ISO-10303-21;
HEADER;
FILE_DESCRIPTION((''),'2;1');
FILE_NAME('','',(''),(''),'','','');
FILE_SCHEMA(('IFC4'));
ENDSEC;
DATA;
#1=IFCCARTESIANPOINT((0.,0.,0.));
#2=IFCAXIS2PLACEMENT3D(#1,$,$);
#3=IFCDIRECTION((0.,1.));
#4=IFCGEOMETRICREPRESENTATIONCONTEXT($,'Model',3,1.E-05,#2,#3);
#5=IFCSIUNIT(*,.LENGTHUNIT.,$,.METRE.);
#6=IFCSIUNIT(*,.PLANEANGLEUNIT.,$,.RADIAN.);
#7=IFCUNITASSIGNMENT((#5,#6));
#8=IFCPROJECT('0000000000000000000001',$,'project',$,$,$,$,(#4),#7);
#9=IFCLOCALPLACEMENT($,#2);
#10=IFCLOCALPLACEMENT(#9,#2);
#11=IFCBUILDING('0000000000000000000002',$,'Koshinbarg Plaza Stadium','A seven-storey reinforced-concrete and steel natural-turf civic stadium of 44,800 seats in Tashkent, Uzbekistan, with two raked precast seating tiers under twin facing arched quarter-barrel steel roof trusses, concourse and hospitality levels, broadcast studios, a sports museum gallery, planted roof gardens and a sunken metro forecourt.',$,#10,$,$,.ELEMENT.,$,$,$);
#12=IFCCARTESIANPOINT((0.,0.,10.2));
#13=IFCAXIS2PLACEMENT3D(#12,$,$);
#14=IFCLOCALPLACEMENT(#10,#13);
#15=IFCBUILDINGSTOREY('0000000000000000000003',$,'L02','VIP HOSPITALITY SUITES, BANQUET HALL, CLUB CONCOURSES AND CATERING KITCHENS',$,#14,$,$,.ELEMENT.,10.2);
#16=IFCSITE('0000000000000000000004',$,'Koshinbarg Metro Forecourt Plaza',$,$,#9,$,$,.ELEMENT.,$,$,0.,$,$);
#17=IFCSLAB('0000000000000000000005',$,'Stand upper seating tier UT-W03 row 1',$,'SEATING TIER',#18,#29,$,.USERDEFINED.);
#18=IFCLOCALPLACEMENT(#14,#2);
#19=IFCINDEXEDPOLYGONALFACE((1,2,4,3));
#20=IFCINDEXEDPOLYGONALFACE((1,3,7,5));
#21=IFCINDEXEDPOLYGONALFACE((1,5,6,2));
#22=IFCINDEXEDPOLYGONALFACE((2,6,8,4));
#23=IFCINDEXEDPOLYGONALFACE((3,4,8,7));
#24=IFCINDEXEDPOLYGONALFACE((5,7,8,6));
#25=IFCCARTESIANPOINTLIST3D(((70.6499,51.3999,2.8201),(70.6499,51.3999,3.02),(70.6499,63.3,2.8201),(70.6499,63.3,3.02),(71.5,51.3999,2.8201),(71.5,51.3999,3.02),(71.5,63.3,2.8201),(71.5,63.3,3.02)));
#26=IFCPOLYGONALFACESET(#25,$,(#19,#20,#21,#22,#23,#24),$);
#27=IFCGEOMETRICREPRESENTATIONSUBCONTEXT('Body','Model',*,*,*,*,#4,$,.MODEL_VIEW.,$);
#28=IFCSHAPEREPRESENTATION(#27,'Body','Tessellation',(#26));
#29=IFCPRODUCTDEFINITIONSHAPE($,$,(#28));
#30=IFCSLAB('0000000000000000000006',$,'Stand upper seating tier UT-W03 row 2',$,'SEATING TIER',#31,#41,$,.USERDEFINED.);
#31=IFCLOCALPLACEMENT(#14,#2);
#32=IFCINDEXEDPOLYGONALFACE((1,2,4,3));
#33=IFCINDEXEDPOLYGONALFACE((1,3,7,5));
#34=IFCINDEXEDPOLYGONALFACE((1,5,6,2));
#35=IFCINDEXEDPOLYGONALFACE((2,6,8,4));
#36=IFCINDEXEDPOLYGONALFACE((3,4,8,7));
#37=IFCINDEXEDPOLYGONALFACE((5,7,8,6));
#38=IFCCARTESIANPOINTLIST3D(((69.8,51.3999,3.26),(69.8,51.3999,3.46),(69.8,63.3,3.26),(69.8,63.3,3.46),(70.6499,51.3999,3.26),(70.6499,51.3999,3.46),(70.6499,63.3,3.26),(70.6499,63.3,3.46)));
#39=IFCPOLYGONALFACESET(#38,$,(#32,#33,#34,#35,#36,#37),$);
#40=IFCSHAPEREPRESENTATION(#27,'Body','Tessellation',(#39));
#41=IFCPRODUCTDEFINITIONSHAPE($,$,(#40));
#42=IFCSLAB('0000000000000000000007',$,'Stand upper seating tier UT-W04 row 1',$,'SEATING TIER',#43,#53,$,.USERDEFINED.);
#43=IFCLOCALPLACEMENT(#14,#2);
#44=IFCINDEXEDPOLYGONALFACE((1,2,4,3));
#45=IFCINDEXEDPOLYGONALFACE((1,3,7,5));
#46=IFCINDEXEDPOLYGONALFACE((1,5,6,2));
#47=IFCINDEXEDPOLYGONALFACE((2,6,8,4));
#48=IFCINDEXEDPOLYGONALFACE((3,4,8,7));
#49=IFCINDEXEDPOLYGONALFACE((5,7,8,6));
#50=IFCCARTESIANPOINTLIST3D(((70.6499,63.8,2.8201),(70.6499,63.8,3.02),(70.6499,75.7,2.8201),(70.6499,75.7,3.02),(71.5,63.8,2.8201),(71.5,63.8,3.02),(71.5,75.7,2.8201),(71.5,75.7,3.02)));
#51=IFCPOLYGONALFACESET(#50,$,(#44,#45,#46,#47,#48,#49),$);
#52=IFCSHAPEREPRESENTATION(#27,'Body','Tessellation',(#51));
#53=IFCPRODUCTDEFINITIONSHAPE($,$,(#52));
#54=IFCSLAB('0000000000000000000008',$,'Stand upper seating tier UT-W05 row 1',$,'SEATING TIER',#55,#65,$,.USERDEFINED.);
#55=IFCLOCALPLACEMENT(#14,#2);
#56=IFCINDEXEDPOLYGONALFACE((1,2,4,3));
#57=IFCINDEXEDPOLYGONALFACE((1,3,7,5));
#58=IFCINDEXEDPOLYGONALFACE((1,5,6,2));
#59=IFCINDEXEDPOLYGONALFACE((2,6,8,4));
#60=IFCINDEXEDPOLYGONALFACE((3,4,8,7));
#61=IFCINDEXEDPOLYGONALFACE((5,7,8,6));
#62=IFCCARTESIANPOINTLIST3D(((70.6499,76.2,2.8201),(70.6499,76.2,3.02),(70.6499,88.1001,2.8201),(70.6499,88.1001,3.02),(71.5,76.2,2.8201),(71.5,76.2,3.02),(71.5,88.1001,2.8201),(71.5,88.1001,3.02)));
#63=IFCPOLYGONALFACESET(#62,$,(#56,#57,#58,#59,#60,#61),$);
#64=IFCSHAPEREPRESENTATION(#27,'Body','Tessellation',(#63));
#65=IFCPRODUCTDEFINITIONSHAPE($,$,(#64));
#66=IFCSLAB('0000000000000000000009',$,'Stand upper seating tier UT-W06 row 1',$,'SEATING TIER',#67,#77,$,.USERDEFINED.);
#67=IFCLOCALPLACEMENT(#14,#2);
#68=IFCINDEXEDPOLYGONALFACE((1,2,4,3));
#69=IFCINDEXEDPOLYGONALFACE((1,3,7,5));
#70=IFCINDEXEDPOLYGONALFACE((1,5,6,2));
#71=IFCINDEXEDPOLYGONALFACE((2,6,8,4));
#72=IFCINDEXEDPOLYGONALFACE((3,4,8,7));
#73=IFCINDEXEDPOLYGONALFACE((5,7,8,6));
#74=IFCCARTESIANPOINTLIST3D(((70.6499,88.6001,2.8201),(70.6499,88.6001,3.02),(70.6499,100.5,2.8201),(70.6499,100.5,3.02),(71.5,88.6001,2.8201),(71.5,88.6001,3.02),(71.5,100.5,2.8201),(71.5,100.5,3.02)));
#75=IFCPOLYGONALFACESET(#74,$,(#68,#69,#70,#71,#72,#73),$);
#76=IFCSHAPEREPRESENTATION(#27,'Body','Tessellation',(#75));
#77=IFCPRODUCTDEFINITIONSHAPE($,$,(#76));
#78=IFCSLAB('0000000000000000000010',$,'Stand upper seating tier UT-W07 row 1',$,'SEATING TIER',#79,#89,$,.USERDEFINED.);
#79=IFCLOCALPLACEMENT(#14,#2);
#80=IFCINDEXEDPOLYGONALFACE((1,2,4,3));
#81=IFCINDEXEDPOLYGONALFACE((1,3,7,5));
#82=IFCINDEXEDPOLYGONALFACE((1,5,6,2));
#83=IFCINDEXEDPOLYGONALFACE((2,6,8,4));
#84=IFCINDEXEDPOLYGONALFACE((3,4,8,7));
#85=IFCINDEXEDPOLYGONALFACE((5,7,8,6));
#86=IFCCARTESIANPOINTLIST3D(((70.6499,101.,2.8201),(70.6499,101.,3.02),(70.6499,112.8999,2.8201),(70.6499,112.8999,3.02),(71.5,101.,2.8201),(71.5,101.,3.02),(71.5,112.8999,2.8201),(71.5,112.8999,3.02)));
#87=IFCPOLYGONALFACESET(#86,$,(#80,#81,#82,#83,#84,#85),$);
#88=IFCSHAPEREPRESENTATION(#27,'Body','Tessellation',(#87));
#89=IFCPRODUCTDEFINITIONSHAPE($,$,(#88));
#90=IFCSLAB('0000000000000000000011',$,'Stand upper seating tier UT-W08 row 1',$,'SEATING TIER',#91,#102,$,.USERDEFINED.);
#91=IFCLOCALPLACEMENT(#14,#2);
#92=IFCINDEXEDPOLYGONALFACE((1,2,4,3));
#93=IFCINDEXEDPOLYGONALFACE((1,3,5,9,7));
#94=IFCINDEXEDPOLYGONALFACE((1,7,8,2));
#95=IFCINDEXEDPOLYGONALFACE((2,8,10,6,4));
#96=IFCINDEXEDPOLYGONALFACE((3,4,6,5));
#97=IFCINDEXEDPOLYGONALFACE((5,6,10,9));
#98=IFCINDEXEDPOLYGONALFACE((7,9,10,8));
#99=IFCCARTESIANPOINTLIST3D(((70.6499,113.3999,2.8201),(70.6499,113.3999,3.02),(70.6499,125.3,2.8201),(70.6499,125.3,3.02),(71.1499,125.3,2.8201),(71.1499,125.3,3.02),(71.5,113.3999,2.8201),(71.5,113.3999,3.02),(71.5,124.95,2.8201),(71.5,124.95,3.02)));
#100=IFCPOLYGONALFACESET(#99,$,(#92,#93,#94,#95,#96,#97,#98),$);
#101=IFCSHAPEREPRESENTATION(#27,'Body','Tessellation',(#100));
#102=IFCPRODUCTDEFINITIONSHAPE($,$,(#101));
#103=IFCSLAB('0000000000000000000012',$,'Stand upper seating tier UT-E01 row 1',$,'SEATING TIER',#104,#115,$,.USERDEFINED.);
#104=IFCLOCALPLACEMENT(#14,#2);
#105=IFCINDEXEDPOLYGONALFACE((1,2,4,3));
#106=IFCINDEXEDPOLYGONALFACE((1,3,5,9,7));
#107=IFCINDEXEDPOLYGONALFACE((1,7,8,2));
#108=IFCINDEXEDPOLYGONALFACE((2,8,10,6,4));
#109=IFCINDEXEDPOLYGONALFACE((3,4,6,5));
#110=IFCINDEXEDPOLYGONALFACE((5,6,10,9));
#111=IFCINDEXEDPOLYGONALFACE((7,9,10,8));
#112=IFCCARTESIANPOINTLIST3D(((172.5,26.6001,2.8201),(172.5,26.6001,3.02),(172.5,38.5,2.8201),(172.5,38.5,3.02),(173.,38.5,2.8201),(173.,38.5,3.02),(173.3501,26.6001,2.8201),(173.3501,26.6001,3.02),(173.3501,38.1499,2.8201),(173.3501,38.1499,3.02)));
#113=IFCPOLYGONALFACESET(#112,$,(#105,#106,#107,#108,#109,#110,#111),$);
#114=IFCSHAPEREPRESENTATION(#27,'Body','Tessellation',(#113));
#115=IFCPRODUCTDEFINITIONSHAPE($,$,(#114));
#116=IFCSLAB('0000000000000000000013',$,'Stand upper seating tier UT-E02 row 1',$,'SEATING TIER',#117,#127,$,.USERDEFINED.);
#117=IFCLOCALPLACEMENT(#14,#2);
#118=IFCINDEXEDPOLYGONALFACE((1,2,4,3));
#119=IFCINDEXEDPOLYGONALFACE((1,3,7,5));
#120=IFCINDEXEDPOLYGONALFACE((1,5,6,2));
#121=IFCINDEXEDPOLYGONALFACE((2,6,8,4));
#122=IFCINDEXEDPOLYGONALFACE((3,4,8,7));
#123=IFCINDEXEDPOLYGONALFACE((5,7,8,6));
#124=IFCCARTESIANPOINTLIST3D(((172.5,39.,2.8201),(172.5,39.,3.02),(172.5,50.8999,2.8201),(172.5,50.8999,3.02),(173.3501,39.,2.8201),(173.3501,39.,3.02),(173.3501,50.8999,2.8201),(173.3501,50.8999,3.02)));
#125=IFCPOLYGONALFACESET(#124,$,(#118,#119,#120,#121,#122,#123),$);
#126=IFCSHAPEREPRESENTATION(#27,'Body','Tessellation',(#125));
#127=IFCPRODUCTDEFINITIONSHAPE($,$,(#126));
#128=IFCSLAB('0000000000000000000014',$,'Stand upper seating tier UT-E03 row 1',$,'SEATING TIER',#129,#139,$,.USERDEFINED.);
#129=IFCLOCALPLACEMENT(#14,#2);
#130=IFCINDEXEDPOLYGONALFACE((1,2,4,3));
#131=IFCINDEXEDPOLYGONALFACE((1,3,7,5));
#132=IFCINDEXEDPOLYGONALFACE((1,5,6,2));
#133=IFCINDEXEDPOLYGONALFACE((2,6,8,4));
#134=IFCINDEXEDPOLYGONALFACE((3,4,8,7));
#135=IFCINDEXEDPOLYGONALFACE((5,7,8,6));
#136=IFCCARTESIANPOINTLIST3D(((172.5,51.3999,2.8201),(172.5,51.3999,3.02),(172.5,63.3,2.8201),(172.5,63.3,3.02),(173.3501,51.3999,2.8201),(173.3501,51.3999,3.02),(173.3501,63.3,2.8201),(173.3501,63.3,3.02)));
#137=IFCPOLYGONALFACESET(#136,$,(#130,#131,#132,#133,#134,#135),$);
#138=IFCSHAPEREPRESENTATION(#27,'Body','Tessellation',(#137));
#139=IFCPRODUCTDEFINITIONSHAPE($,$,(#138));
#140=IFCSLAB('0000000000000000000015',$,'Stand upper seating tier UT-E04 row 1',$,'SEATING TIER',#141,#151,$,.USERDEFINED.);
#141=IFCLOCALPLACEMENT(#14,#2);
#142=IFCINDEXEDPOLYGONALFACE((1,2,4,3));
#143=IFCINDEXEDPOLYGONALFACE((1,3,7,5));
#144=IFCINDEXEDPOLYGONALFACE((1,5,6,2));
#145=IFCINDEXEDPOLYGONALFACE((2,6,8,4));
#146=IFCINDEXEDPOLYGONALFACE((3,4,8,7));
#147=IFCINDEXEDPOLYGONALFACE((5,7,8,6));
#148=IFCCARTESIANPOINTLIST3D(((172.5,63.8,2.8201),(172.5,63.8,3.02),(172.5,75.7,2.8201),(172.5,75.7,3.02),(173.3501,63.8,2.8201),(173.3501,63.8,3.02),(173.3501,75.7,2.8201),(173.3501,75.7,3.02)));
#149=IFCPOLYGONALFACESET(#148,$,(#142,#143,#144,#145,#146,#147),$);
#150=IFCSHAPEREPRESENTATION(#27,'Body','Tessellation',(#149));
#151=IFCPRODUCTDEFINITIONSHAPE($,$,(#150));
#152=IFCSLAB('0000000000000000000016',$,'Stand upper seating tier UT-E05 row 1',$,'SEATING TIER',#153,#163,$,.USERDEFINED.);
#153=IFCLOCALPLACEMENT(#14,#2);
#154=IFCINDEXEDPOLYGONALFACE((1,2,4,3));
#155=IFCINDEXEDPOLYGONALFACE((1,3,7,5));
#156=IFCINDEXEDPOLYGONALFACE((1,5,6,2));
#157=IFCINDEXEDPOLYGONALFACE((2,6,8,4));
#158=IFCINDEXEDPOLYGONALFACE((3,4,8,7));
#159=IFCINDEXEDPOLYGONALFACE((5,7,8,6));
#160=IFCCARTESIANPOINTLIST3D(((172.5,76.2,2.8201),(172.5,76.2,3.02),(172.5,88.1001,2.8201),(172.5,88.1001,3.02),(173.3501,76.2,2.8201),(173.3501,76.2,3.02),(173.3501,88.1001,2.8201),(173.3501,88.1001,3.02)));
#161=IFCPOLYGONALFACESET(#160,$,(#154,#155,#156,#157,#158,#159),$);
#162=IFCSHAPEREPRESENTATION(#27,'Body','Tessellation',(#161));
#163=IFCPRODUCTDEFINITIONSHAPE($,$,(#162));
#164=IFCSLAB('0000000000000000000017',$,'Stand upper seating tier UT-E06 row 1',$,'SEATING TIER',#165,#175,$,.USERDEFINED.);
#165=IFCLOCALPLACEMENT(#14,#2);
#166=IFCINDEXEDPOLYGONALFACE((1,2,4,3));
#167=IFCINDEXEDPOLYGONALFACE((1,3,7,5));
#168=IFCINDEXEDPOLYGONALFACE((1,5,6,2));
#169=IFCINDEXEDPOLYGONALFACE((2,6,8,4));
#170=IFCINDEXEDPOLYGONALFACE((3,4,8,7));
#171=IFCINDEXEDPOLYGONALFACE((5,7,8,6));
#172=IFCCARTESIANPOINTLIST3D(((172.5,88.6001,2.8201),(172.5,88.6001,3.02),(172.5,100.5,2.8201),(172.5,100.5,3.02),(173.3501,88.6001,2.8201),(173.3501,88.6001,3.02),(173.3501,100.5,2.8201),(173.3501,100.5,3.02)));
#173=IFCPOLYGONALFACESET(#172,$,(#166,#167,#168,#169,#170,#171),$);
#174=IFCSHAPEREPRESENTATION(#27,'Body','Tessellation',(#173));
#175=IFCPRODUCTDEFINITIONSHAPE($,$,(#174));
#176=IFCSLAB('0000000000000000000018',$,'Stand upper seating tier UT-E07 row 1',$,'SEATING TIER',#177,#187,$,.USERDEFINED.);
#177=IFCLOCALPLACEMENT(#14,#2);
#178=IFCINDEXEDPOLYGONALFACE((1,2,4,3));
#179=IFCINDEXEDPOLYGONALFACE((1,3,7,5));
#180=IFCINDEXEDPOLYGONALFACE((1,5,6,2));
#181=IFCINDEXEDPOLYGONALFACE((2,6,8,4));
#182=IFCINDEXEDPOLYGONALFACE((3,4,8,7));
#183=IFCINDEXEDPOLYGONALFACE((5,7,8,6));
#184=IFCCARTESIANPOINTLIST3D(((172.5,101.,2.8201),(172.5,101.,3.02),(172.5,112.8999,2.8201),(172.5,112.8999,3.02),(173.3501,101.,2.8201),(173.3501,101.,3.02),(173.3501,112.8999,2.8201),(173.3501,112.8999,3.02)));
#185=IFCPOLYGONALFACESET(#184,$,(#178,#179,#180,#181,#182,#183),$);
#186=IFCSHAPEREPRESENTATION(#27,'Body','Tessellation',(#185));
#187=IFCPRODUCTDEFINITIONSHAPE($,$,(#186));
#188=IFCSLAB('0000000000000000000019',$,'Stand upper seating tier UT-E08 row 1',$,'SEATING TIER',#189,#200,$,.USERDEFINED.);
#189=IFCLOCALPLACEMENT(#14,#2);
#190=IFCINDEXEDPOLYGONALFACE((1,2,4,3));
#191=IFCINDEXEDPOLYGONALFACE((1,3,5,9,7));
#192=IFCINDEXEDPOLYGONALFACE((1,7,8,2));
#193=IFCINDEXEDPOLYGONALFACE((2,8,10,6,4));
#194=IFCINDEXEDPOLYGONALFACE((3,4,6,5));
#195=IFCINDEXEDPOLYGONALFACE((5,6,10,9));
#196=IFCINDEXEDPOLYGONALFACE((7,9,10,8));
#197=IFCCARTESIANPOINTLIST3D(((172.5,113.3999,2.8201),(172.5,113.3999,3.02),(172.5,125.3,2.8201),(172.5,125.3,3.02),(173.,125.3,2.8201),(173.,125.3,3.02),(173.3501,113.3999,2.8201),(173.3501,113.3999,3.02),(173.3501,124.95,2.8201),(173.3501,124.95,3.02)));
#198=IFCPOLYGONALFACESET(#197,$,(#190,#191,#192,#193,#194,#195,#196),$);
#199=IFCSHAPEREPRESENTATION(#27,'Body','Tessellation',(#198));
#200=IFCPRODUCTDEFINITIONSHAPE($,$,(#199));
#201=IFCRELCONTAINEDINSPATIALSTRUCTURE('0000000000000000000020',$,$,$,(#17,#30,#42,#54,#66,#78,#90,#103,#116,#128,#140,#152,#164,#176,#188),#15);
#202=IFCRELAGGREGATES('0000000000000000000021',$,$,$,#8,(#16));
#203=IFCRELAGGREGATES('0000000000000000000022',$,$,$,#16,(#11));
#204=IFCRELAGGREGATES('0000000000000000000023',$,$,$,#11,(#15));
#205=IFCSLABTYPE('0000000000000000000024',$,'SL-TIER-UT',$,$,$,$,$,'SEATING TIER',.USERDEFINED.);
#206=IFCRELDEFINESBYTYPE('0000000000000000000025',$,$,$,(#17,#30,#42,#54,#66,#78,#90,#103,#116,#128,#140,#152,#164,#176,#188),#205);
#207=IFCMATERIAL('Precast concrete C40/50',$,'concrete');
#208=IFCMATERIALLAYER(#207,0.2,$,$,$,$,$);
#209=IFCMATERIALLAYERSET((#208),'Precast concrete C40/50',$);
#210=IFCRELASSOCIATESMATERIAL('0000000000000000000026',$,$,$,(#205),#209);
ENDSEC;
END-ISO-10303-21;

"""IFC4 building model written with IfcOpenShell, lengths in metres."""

from ifc_helpers import new_model, si_unit, direction, frame, origin, place, context, subcontext, project, spatial, polyline, outline, extrude, material, layer, layer_set, type_object, element, save


model = new_model("IFC4")

# Units and contexts
model_context = context("Model", 3, precision=1e-05, world=origin(), true_north=direction((0.0, 1.0)))
body_context = subcontext(model_context, "Body", "Model", "MODEL_VIEW")
ifc_project = project(units=[si_unit("LENGTHUNIT", "METRE"), si_unit("PLANEANGLEUNIT", "RADIAN")], contexts=[model_context])

# Site, building, storey
site_placement = place(None, origin())
site = spatial("IfcSite", under=ifc_project, at=site_placement, Name="Koshinbarg Metro Forecourt Plaza", CompositionType="ELEMENT", RefElevation=0.0)
building_placement = place(site_placement, origin())
building = spatial("IfcBuilding", under=site, at=building_placement, Name="Koshinbarg Plaza Stadium", Description="A seven-storey reinforced-concrete and steel natural-turf civic stadium of 44,800 seats in Tashkent, Uzbekistan, with two raked precast seating tiers under twin facing arched quarter-barrel steel roof trusses, concourse and hospitality levels, broadcast studios, a sports museum gallery, planted roof gardens and a sunken metro forecourt.", CompositionType="ELEMENT")
storey_placement = place(building_placement, frame((0.0, 0.0, 10.2)))
storey = spatial("IfcBuildingStorey", under=building, at=storey_placement, Name="L02", Description="VIP HOSPITALITY SUITES, BANQUET HALL, CLUB CONCOURSES AND CATERING KITCHENS", CompositionType="ELEMENT", Elevation=10.2)

# Slabs
ifc_material_1 = material(Name="Precast concrete C40/50", Category="concrete")
ifc_layer_1 = layer(ifc_material_1, 0.2)
ifc_layer_set_1 = layer_set([ifc_layer_1], Name="Precast concrete C40/50")
slab_type_1 = type_object("IfcSlabType", Name="SL-TIER-UT", ElementType="SEATING TIER", PredefinedType="USERDEFINED", material=ifc_layer_set_1)
slab_1_placement = place(storey_placement, frame((0.0, 0.0, 2.8201)))
element("IfcSlab", 1, at=slab_1_placement, inside=storey, type_object=slab_type_1, Name="Stand upper seating tier UT-W03 row 1", ObjectType="SEATING TIER", PredefinedType="USERDEFINED", context=body_context, shape_type="SweptSolid", body=[
    extrude(outline(polyline([(70.6499, 51.3999), (71.5, 51.3999), (71.5, 63.3), (70.6499, 63.3), (70.6499, 51.3999)])), origin(), (0.0, 0.0, 1.0), 0.2),
])
slab_2_placement = place(storey_placement, frame((0.0, 0.0, 3.26)))
element("IfcSlab", 2, at=slab_2_placement, inside=storey, type_object=slab_type_1, Name="Stand upper seating tier UT-W03 row 2", ObjectType="SEATING TIER", PredefinedType="USERDEFINED", context=body_context, shape_type="SweptSolid", body=[
    extrude(outline(polyline([(69.8, 51.3999), (70.6499, 51.3999), (70.6499, 63.3), (69.8, 63.3), (69.8, 51.3999)])), origin(), (0.0, 0.0, 1.0), 0.2),
])
slab_3_placement = place(storey_placement, frame((0.0, 0.0, 2.8201)))
element("IfcSlab", 3, at=slab_3_placement, inside=storey, type_object=slab_type_1, Name="Stand upper seating tier UT-W04 row 1", ObjectType="SEATING TIER", PredefinedType="USERDEFINED", context=body_context, shape_type="SweptSolid", body=[
    extrude(outline(polyline([(70.6499, 63.8), (71.5, 63.8), (71.5, 75.7), (70.6499, 75.7), (70.6499, 63.8)])), origin(), (0.0, 0.0, 1.0), 0.2),
])
slab_4_placement = place(storey_placement, frame((0.0, 0.0, 2.8201)))
element("IfcSlab", 4, at=slab_4_placement, inside=storey, type_object=slab_type_1, Name="Stand upper seating tier UT-W05 row 1", ObjectType="SEATING TIER", PredefinedType="USERDEFINED", context=body_context, shape_type="SweptSolid", body=[
    extrude(outline(polyline([(70.6499, 76.2), (71.5, 76.2), (71.5, 88.1001), (70.6499, 88.1001), (70.6499, 76.2)])), origin(), (0.0, 0.0, 1.0), 0.2),
])
slab_5_placement = place(storey_placement, frame((0.0, 0.0, 2.8201)))
element("IfcSlab", 5, at=slab_5_placement, inside=storey, type_object=slab_type_1, Name="Stand upper seating tier UT-W06 row 1", ObjectType="SEATING TIER", PredefinedType="USERDEFINED", context=body_context, shape_type="SweptSolid", body=[
    extrude(outline(polyline([(70.6499, 88.6001), (71.5, 88.6001), (71.5, 100.5), (70.6499, 100.5), (70.6499, 88.6001)])), origin(), (0.0, 0.0, 1.0), 0.2),
])
slab_6_placement = place(storey_placement, frame((0.0, 0.0, 2.8201)))
element("IfcSlab", 6, at=slab_6_placement, inside=storey, type_object=slab_type_1, Name="Stand upper seating tier UT-W07 row 1", ObjectType="SEATING TIER", PredefinedType="USERDEFINED", context=body_context, shape_type="SweptSolid", body=[
    extrude(outline(polyline([(70.6499, 101.0), (71.5, 101.0), (71.5, 112.8999), (70.6499, 112.8999), (70.6499, 101.0)])), origin(), (0.0, 0.0, 1.0), 0.2),
])
slab_7_placement = place(storey_placement, frame((0.0, 0.0, 2.8201)))
element("IfcSlab", 7, at=slab_7_placement, inside=storey, type_object=slab_type_1, Name="Stand upper seating tier UT-W08 row 1", ObjectType="SEATING TIER", PredefinedType="USERDEFINED", context=body_context, shape_type="SweptSolid", body=[
    extrude(outline(polyline([(70.6499, 113.3999), (71.5, 113.3999), (71.5, 124.95), (71.1499, 125.3), (70.6499, 125.3), (70.6499, 113.3999)])), origin(), (0.0, 0.0, 1.0), 0.2),
])
slab_8_placement = place(storey_placement, frame((0.0, 0.0, 2.8201)))
element("IfcSlab", 8, at=slab_8_placement, inside=storey, type_object=slab_type_1, Name="Stand upper seating tier UT-E01 row 1", ObjectType="SEATING TIER", PredefinedType="USERDEFINED", context=body_context, shape_type="SweptSolid", body=[
    extrude(outline(polyline([(172.5, 26.6001), (173.3501, 26.6001), (173.3501, 38.1499), (173.0, 38.5), (172.5, 38.5), (172.5, 26.6001)])), origin(), (0.0, 0.0, 1.0), 0.2),
])
slab_9_placement = place(storey_placement, frame((0.0, 0.0, 2.8201)))
element("IfcSlab", 9, at=slab_9_placement, inside=storey, type_object=slab_type_1, Name="Stand upper seating tier UT-E02 row 1", ObjectType="SEATING TIER", PredefinedType="USERDEFINED", context=body_context, shape_type="SweptSolid", body=[
    extrude(outline(polyline([(172.5, 39.0), (173.3501, 39.0), (173.3501, 50.8999), (172.5, 50.8999), (172.5, 39.0)])), origin(), (0.0, 0.0, 1.0), 0.2),
])
slab_10_placement = place(storey_placement, frame((0.0, 0.0, 2.8201)))
element("IfcSlab", 10, at=slab_10_placement, inside=storey, type_object=slab_type_1, Name="Stand upper seating tier UT-E03 row 1", ObjectType="SEATING TIER", PredefinedType="USERDEFINED", context=body_context, shape_type="SweptSolid", body=[
    extrude(outline(polyline([(172.5, 51.3999), (173.3501, 51.3999), (173.3501, 63.3), (172.5, 63.3), (172.5, 51.3999)])), origin(), (0.0, 0.0, 1.0), 0.2),
])
slab_11_placement = place(storey_placement, frame((0.0, 0.0, 2.8201)))
element("IfcSlab", 11, at=slab_11_placement, inside=storey, type_object=slab_type_1, Name="Stand upper seating tier UT-E04 row 1", ObjectType="SEATING TIER", PredefinedType="USERDEFINED", context=body_context, shape_type="SweptSolid", body=[
    extrude(outline(polyline([(172.5, 63.8), (173.3501, 63.8), (173.3501, 75.7), (172.5, 75.7), (172.5, 63.8)])), origin(), (0.0, 0.0, 1.0), 0.2),
])
slab_12_placement = place(storey_placement, frame((0.0, 0.0, 2.8201)))
element("IfcSlab", 12, at=slab_12_placement, inside=storey, type_object=slab_type_1, Name="Stand upper seating tier UT-E05 row 1", ObjectType="SEATING TIER", PredefinedType="USERDEFINED", context=body_context, shape_type="SweptSolid", body=[
    extrude(outline(polyline([(172.5, 76.2), (173.3501, 76.2), (173.3501, 88.1001), (172.5, 88.1001), (172.5, 76.2)])), origin(), (0.0, 0.0, 1.0), 0.2),
])
slab_13_placement = place(storey_placement, frame((0.0, 0.0, 2.8201)))
element("IfcSlab", 13, at=slab_13_placement, inside=storey, type_object=slab_type_1, Name="Stand upper seating tier UT-E06 row 1", ObjectType="SEATING TIER", PredefinedType="USERDEFINED", context=body_context, shape_type="SweptSolid", body=[
    extrude(outline(polyline([(172.5, 88.6001), (173.3501, 88.6001), (173.3501, 100.5), (172.5, 100.5), (172.5, 88.6001)])), origin(), (0.0, 0.0, 1.0), 0.2),
])
slab_14_placement = place(storey_placement, frame((0.0, 0.0, 2.8201)))
element("IfcSlab", 14, at=slab_14_placement, inside=storey, type_object=slab_type_1, Name="Stand upper seating tier UT-E07 row 1", ObjectType="SEATING TIER", PredefinedType="USERDEFINED", context=body_context, shape_type="SweptSolid", body=[
    extrude(outline(polyline([(172.5, 101.0), (173.3501, 101.0), (173.3501, 112.8999), (172.5, 112.8999), (172.5, 101.0)])), origin(), (0.0, 0.0, 1.0), 0.2),
])
slab_15_placement = place(storey_placement, frame((0.0, 0.0, 2.8201)))
element("IfcSlab", 15, at=slab_15_placement, inside=storey, type_object=slab_type_1, Name="Stand upper seating tier UT-E08 row 1", ObjectType="SEATING TIER", PredefinedType="USERDEFINED", context=body_context, shape_type="SweptSolid", body=[
    extrude(outline(polyline([(172.5, 113.3999), (173.3501, 113.3999), (173.3501, 124.95), (173.0, 125.3), (172.5, 125.3), (172.5, 113.3999)])), origin(), (0.0, 0.0, 1.0), 0.2),
])

save(model, "model.ifc")
